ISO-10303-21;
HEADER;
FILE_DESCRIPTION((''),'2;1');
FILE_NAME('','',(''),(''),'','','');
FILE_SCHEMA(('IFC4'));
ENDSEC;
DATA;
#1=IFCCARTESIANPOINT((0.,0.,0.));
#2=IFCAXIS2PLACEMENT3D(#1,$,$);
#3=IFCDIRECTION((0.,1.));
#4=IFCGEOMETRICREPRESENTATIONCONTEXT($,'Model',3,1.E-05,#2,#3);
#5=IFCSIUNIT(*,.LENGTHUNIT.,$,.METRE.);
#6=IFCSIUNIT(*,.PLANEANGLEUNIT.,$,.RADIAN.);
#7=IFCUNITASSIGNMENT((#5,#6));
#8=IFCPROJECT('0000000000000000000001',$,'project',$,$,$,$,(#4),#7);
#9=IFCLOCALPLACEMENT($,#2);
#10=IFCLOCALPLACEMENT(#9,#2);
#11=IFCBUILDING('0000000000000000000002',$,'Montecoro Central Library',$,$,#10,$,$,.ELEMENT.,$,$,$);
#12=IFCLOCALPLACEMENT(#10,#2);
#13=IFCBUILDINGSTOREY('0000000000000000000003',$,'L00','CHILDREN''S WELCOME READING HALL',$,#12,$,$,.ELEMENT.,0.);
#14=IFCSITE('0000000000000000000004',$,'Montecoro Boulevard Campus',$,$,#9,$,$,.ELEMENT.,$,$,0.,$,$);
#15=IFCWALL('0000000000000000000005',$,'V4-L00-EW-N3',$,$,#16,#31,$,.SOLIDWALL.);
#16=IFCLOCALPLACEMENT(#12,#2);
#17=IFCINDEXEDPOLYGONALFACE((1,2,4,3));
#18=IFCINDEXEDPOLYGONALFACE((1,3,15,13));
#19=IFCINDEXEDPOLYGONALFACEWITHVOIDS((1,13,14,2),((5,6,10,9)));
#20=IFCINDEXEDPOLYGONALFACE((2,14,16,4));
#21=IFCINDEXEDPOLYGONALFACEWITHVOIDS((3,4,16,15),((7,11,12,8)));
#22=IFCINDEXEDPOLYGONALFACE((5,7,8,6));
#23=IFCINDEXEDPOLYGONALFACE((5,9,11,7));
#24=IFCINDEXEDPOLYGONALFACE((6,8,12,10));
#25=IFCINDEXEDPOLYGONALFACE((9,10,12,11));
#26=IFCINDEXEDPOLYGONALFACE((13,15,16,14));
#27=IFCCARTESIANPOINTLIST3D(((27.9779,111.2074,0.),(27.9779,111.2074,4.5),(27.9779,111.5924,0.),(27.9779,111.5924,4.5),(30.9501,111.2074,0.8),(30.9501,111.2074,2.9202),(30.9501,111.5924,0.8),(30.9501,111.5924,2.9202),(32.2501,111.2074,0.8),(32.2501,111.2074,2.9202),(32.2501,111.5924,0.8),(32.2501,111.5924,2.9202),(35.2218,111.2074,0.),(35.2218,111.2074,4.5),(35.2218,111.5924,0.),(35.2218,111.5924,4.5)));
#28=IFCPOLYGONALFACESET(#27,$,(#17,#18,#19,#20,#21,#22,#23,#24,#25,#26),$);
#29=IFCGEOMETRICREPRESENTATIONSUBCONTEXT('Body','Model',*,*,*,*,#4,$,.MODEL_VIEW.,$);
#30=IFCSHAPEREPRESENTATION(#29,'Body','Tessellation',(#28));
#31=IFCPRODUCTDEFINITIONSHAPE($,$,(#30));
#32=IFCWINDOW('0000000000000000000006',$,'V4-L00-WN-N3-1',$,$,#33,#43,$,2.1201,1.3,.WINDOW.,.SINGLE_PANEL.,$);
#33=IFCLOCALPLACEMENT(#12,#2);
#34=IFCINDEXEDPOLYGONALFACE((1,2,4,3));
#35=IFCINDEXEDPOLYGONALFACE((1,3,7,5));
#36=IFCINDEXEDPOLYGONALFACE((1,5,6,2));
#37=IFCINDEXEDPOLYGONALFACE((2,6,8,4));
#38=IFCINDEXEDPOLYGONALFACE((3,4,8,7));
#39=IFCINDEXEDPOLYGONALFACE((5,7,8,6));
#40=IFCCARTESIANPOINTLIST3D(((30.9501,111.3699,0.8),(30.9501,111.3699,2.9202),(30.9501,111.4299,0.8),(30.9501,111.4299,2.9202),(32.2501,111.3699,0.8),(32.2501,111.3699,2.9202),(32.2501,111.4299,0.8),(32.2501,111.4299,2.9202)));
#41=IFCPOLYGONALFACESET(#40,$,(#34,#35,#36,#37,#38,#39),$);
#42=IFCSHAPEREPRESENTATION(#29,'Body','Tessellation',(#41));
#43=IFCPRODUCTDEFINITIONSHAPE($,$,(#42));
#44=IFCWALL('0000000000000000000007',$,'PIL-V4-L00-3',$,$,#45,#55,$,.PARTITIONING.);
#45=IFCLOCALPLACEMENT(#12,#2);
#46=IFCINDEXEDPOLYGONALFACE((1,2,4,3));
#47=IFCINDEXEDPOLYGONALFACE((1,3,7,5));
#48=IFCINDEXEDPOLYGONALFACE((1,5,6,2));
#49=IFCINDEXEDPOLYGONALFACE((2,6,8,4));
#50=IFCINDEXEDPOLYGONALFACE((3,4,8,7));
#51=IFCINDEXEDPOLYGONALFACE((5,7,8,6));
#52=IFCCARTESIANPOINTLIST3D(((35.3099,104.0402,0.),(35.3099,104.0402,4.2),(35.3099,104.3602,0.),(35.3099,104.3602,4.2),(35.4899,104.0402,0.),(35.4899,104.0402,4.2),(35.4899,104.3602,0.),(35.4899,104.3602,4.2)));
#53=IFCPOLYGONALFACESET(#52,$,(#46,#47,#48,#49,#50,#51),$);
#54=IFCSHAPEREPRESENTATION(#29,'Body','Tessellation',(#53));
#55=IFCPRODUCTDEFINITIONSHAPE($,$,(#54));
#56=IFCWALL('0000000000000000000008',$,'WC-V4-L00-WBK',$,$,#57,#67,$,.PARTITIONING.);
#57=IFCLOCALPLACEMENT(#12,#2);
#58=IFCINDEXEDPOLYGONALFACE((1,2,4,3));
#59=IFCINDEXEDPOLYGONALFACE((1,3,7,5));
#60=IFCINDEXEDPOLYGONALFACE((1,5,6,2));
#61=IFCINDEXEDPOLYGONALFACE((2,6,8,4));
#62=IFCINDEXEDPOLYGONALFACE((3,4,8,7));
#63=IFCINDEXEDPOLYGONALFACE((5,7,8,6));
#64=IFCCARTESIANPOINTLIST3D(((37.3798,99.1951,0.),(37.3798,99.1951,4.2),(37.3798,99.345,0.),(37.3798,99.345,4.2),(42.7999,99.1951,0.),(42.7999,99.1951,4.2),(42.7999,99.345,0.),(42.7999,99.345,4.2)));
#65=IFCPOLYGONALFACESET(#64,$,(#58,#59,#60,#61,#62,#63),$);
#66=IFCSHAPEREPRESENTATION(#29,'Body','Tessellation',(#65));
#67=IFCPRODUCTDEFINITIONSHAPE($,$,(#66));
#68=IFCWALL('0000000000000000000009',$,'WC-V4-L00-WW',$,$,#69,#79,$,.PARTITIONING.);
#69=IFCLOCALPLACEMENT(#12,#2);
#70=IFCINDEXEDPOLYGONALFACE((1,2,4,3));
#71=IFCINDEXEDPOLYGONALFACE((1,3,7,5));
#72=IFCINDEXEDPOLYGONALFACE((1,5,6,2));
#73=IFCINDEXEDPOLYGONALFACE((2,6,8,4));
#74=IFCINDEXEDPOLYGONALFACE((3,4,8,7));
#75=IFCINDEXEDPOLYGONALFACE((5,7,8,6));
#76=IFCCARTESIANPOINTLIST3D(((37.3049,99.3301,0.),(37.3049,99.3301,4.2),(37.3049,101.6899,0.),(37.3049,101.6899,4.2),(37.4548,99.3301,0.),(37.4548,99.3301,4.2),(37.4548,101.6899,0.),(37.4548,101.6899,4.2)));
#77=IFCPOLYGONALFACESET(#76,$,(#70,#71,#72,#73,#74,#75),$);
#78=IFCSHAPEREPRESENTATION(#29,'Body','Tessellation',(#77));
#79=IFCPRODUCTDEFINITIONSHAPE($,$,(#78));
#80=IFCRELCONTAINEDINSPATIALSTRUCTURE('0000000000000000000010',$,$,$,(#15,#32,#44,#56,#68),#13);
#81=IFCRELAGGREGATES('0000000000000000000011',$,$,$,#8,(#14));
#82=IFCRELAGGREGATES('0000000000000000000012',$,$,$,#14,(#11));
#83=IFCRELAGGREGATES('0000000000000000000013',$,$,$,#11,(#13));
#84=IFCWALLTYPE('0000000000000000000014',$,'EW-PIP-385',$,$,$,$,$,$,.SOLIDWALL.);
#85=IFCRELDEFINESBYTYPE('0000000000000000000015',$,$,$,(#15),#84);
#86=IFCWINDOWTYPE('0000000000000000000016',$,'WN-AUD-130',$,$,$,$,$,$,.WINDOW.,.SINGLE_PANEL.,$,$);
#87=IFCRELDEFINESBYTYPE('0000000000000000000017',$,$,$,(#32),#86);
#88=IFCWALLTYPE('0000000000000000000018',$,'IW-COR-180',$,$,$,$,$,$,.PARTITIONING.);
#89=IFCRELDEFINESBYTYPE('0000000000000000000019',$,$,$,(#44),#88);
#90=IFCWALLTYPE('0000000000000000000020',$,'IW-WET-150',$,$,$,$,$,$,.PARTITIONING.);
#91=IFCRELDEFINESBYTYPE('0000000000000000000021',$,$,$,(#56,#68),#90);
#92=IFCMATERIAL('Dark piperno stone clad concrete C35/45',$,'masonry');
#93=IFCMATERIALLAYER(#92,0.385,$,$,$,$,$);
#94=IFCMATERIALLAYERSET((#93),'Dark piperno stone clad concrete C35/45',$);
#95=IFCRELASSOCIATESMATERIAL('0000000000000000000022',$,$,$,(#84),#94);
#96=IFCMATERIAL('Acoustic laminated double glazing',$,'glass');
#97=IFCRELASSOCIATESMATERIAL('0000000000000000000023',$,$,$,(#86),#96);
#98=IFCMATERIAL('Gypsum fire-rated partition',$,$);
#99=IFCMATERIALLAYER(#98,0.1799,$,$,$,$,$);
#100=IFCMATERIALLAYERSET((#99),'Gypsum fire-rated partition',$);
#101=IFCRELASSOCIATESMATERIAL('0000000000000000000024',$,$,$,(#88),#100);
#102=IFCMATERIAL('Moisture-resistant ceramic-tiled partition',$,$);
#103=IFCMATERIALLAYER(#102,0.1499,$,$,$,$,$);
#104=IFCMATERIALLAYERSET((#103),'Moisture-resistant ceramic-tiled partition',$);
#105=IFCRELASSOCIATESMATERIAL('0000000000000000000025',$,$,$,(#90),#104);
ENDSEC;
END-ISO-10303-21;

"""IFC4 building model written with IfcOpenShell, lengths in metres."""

from ifc_helpers import new_model, si_unit, direction, frame, frame_2d, origin, place, context, subcontext, project, spatial, rectangle, extrude, material, layer, layer_set, type_object, element, fill, save


model = new_model("IFC4")

# Units and contexts
model_context = context("Model", 3, precision=1e-05, world=origin(), true_north=direction((0.0, 1.0)))
body_context = subcontext(model_context, "Body", "Model", "MODEL_VIEW")
ifc_project = project(units=[si_unit("LENGTHUNIT", "METRE"), si_unit("PLANEANGLEUNIT", "RADIAN")], contexts=[model_context])

# Site, building, storey
site_placement = place(None, origin())
site = spatial("IfcSite", under=ifc_project, at=site_placement, Name="Montecoro Boulevard Campus", CompositionType="ELEMENT", RefElevation=0.0)
building_placement = place(site_placement, origin())
building = spatial("IfcBuilding", under=site, at=building_placement, Name="Montecoro Central Library", CompositionType="ELEMENT")
storey_placement = place(building_placement, origin())
storey = spatial("IfcBuildingStorey", under=building, at=storey_placement, Name="L00", Description="CHILDREN'S WELCOME READING HALL", CompositionType="ELEMENT", Elevation=0.0)

# Wall, opening, window
ifc_material_1 = material(Name="Dark piperno stone clad concrete C35/45", Category="masonry")
ifc_layer_1 = layer(ifc_material_1, 0.385)
ifc_layer_set_1 = layer_set([ifc_layer_1], Name="Dark piperno stone clad concrete C35/45")
wall_type_1 = type_object("IfcWallType", Name="EW-PIP-385", PredefinedType="SOLIDWALL", material=ifc_layer_set_1)
wall_1_placement = place(storey_placement, frame((35.2219, 111.3999, 0.0), z_axis=(0.0, 0.0, 1.0), x_axis=(-1.0, 0.0, 0.0)))
wall_1 = element("IfcWall", 1, at=wall_1_placement, inside=storey, type_object=wall_type_1, Name="V4-L00-EW-N3", PredefinedType="SOLIDWALL", context=body_context, shape_type="SweptSolid", body=[
    extrude(rectangle(XDim=7.2439, YDim=0.385, at=frame_2d((3.6221, 0.0))), origin(), (0.0, 0.0, 1.0), 4.5),
])
opening_1_placement = place(wall_1_placement, frame((2.9719, 0.0, 0.8)))
opening_1 = element("IfcOpeningElement", 2, at=opening_1_placement, cuts=wall_1, PredefinedType="OPENING", context=body_context, shape_type="SweptSolid", body=[
    extrude(rectangle(XDim=1.3, YDim=2.1201, at=frame_2d((0.6499, 1.0601))), frame((0.0, 0.2024, 0.0), z_axis=(0.0, -1.0, 0.0), x_axis=(1.0, 0.0, 0.0)), (0.0, 0.0, 1.0), 0.405),
])
ifc_material_2 = material(Name="Acoustic laminated double glazing", Category="glass")
window_type = type_object("IfcWindowType", Name="WN-AUD-130", PartitioningType="SINGLE_PANEL", PredefinedType="WINDOW", material=ifc_material_2)
window_placement = place(opening_1_placement, origin())
window = element("IfcWindow", 3, at=window_placement, inside=storey, type_object=window_type, Name="V4-L00-WN-N3-1", OverallHeight=2.1201, OverallWidth=1.3, PartitioningType="SINGLE_PANEL", PredefinedType="WINDOW", context=body_context, shape_type="SweptSolid", body=[
    extrude(rectangle(XDim=1.3, YDim=2.1201, at=frame_2d((0.6499, 1.0601))), frame((0.0, 0.03, 0.0), z_axis=(0.0, -1.0, 0.0), x_axis=(1.0, 0.0, 0.0)), (0.0, 0.0, 1.0), 0.0601),
])
fill(opening_1, window)

# Walls
ifc_material_3 = material(Name="Gypsum fire-rated partition")
ifc_layer_2 = layer(ifc_material_3, 0.1799)
ifc_layer_set_2 = layer_set([ifc_layer_2], Name="Gypsum fire-rated partition")
wall_type_2 = type_object("IfcWallType", Name="IW-COR-180", PredefinedType="PARTITIONING", material=ifc_layer_set_2)
wall_2_placement = place(storey_placement, frame((35.3999, 104.04, 0.0), z_axis=(0.0, 0.0, 1.0), x_axis=(0.0, 1.0, 0.0)))
element("IfcWall", 4, at=wall_2_placement, inside=storey, type_object=wall_type_2, Name="PIL-V4-L00-3", PredefinedType="PARTITIONING", context=body_context, shape_type="SweptSolid", body=[
    extrude(rectangle(XDim=0.3201, YDim=0.1799, at=frame_2d((0.1602, 0.0))), origin(), (0.0, 0.0, 1.0), 4.2),
])
ifc_material_4 = material(Name="Moisture-resistant ceramic-tiled partition")
ifc_layer_3 = layer(ifc_material_4, 0.1499)
ifc_layer_set_3 = layer_set([ifc_layer_3], Name="Moisture-resistant ceramic-tiled partition")
wall_type_3 = type_object("IfcWallType", Name="IW-WET-150", PredefinedType="PARTITIONING", material=ifc_layer_set_3)
wall_3_placement = place(storey_placement, frame((37.3799, 99.27, 0.0), z_axis=(0.0, 0.0, 1.0), x_axis=(1.0, 0.0, 0.0)))
element("IfcWall", 5, at=wall_3_placement, inside=storey, type_object=wall_type_3, Name="WC-V4-L00-WBK", PredefinedType="PARTITIONING", context=body_context, shape_type="SweptSolid", body=[
    extrude(rectangle(XDim=5.4202, YDim=0.1499, at=frame_2d((2.71, 0.0))), origin(), (0.0, 0.0, 1.0), 4.2),
])
wall_4_placement = place(storey_placement, frame((37.3799, 99.3301, 0.0), z_axis=(0.0, 0.0, 1.0), x_axis=(0.0, 1.0, 0.0)))
element("IfcWall", 6, at=wall_4_placement, inside=storey, type_object=wall_type_3, Name="WC-V4-L00-WW", PredefinedType="PARTITIONING", context=body_context, shape_type="SweptSolid", body=[
    extrude(rectangle(XDim=2.3599, YDim=0.1499, at=frame_2d((1.1799, 0.0))), origin(), (0.0, 0.0, 1.0), 4.2),
])

save(model, "model.ifc")
